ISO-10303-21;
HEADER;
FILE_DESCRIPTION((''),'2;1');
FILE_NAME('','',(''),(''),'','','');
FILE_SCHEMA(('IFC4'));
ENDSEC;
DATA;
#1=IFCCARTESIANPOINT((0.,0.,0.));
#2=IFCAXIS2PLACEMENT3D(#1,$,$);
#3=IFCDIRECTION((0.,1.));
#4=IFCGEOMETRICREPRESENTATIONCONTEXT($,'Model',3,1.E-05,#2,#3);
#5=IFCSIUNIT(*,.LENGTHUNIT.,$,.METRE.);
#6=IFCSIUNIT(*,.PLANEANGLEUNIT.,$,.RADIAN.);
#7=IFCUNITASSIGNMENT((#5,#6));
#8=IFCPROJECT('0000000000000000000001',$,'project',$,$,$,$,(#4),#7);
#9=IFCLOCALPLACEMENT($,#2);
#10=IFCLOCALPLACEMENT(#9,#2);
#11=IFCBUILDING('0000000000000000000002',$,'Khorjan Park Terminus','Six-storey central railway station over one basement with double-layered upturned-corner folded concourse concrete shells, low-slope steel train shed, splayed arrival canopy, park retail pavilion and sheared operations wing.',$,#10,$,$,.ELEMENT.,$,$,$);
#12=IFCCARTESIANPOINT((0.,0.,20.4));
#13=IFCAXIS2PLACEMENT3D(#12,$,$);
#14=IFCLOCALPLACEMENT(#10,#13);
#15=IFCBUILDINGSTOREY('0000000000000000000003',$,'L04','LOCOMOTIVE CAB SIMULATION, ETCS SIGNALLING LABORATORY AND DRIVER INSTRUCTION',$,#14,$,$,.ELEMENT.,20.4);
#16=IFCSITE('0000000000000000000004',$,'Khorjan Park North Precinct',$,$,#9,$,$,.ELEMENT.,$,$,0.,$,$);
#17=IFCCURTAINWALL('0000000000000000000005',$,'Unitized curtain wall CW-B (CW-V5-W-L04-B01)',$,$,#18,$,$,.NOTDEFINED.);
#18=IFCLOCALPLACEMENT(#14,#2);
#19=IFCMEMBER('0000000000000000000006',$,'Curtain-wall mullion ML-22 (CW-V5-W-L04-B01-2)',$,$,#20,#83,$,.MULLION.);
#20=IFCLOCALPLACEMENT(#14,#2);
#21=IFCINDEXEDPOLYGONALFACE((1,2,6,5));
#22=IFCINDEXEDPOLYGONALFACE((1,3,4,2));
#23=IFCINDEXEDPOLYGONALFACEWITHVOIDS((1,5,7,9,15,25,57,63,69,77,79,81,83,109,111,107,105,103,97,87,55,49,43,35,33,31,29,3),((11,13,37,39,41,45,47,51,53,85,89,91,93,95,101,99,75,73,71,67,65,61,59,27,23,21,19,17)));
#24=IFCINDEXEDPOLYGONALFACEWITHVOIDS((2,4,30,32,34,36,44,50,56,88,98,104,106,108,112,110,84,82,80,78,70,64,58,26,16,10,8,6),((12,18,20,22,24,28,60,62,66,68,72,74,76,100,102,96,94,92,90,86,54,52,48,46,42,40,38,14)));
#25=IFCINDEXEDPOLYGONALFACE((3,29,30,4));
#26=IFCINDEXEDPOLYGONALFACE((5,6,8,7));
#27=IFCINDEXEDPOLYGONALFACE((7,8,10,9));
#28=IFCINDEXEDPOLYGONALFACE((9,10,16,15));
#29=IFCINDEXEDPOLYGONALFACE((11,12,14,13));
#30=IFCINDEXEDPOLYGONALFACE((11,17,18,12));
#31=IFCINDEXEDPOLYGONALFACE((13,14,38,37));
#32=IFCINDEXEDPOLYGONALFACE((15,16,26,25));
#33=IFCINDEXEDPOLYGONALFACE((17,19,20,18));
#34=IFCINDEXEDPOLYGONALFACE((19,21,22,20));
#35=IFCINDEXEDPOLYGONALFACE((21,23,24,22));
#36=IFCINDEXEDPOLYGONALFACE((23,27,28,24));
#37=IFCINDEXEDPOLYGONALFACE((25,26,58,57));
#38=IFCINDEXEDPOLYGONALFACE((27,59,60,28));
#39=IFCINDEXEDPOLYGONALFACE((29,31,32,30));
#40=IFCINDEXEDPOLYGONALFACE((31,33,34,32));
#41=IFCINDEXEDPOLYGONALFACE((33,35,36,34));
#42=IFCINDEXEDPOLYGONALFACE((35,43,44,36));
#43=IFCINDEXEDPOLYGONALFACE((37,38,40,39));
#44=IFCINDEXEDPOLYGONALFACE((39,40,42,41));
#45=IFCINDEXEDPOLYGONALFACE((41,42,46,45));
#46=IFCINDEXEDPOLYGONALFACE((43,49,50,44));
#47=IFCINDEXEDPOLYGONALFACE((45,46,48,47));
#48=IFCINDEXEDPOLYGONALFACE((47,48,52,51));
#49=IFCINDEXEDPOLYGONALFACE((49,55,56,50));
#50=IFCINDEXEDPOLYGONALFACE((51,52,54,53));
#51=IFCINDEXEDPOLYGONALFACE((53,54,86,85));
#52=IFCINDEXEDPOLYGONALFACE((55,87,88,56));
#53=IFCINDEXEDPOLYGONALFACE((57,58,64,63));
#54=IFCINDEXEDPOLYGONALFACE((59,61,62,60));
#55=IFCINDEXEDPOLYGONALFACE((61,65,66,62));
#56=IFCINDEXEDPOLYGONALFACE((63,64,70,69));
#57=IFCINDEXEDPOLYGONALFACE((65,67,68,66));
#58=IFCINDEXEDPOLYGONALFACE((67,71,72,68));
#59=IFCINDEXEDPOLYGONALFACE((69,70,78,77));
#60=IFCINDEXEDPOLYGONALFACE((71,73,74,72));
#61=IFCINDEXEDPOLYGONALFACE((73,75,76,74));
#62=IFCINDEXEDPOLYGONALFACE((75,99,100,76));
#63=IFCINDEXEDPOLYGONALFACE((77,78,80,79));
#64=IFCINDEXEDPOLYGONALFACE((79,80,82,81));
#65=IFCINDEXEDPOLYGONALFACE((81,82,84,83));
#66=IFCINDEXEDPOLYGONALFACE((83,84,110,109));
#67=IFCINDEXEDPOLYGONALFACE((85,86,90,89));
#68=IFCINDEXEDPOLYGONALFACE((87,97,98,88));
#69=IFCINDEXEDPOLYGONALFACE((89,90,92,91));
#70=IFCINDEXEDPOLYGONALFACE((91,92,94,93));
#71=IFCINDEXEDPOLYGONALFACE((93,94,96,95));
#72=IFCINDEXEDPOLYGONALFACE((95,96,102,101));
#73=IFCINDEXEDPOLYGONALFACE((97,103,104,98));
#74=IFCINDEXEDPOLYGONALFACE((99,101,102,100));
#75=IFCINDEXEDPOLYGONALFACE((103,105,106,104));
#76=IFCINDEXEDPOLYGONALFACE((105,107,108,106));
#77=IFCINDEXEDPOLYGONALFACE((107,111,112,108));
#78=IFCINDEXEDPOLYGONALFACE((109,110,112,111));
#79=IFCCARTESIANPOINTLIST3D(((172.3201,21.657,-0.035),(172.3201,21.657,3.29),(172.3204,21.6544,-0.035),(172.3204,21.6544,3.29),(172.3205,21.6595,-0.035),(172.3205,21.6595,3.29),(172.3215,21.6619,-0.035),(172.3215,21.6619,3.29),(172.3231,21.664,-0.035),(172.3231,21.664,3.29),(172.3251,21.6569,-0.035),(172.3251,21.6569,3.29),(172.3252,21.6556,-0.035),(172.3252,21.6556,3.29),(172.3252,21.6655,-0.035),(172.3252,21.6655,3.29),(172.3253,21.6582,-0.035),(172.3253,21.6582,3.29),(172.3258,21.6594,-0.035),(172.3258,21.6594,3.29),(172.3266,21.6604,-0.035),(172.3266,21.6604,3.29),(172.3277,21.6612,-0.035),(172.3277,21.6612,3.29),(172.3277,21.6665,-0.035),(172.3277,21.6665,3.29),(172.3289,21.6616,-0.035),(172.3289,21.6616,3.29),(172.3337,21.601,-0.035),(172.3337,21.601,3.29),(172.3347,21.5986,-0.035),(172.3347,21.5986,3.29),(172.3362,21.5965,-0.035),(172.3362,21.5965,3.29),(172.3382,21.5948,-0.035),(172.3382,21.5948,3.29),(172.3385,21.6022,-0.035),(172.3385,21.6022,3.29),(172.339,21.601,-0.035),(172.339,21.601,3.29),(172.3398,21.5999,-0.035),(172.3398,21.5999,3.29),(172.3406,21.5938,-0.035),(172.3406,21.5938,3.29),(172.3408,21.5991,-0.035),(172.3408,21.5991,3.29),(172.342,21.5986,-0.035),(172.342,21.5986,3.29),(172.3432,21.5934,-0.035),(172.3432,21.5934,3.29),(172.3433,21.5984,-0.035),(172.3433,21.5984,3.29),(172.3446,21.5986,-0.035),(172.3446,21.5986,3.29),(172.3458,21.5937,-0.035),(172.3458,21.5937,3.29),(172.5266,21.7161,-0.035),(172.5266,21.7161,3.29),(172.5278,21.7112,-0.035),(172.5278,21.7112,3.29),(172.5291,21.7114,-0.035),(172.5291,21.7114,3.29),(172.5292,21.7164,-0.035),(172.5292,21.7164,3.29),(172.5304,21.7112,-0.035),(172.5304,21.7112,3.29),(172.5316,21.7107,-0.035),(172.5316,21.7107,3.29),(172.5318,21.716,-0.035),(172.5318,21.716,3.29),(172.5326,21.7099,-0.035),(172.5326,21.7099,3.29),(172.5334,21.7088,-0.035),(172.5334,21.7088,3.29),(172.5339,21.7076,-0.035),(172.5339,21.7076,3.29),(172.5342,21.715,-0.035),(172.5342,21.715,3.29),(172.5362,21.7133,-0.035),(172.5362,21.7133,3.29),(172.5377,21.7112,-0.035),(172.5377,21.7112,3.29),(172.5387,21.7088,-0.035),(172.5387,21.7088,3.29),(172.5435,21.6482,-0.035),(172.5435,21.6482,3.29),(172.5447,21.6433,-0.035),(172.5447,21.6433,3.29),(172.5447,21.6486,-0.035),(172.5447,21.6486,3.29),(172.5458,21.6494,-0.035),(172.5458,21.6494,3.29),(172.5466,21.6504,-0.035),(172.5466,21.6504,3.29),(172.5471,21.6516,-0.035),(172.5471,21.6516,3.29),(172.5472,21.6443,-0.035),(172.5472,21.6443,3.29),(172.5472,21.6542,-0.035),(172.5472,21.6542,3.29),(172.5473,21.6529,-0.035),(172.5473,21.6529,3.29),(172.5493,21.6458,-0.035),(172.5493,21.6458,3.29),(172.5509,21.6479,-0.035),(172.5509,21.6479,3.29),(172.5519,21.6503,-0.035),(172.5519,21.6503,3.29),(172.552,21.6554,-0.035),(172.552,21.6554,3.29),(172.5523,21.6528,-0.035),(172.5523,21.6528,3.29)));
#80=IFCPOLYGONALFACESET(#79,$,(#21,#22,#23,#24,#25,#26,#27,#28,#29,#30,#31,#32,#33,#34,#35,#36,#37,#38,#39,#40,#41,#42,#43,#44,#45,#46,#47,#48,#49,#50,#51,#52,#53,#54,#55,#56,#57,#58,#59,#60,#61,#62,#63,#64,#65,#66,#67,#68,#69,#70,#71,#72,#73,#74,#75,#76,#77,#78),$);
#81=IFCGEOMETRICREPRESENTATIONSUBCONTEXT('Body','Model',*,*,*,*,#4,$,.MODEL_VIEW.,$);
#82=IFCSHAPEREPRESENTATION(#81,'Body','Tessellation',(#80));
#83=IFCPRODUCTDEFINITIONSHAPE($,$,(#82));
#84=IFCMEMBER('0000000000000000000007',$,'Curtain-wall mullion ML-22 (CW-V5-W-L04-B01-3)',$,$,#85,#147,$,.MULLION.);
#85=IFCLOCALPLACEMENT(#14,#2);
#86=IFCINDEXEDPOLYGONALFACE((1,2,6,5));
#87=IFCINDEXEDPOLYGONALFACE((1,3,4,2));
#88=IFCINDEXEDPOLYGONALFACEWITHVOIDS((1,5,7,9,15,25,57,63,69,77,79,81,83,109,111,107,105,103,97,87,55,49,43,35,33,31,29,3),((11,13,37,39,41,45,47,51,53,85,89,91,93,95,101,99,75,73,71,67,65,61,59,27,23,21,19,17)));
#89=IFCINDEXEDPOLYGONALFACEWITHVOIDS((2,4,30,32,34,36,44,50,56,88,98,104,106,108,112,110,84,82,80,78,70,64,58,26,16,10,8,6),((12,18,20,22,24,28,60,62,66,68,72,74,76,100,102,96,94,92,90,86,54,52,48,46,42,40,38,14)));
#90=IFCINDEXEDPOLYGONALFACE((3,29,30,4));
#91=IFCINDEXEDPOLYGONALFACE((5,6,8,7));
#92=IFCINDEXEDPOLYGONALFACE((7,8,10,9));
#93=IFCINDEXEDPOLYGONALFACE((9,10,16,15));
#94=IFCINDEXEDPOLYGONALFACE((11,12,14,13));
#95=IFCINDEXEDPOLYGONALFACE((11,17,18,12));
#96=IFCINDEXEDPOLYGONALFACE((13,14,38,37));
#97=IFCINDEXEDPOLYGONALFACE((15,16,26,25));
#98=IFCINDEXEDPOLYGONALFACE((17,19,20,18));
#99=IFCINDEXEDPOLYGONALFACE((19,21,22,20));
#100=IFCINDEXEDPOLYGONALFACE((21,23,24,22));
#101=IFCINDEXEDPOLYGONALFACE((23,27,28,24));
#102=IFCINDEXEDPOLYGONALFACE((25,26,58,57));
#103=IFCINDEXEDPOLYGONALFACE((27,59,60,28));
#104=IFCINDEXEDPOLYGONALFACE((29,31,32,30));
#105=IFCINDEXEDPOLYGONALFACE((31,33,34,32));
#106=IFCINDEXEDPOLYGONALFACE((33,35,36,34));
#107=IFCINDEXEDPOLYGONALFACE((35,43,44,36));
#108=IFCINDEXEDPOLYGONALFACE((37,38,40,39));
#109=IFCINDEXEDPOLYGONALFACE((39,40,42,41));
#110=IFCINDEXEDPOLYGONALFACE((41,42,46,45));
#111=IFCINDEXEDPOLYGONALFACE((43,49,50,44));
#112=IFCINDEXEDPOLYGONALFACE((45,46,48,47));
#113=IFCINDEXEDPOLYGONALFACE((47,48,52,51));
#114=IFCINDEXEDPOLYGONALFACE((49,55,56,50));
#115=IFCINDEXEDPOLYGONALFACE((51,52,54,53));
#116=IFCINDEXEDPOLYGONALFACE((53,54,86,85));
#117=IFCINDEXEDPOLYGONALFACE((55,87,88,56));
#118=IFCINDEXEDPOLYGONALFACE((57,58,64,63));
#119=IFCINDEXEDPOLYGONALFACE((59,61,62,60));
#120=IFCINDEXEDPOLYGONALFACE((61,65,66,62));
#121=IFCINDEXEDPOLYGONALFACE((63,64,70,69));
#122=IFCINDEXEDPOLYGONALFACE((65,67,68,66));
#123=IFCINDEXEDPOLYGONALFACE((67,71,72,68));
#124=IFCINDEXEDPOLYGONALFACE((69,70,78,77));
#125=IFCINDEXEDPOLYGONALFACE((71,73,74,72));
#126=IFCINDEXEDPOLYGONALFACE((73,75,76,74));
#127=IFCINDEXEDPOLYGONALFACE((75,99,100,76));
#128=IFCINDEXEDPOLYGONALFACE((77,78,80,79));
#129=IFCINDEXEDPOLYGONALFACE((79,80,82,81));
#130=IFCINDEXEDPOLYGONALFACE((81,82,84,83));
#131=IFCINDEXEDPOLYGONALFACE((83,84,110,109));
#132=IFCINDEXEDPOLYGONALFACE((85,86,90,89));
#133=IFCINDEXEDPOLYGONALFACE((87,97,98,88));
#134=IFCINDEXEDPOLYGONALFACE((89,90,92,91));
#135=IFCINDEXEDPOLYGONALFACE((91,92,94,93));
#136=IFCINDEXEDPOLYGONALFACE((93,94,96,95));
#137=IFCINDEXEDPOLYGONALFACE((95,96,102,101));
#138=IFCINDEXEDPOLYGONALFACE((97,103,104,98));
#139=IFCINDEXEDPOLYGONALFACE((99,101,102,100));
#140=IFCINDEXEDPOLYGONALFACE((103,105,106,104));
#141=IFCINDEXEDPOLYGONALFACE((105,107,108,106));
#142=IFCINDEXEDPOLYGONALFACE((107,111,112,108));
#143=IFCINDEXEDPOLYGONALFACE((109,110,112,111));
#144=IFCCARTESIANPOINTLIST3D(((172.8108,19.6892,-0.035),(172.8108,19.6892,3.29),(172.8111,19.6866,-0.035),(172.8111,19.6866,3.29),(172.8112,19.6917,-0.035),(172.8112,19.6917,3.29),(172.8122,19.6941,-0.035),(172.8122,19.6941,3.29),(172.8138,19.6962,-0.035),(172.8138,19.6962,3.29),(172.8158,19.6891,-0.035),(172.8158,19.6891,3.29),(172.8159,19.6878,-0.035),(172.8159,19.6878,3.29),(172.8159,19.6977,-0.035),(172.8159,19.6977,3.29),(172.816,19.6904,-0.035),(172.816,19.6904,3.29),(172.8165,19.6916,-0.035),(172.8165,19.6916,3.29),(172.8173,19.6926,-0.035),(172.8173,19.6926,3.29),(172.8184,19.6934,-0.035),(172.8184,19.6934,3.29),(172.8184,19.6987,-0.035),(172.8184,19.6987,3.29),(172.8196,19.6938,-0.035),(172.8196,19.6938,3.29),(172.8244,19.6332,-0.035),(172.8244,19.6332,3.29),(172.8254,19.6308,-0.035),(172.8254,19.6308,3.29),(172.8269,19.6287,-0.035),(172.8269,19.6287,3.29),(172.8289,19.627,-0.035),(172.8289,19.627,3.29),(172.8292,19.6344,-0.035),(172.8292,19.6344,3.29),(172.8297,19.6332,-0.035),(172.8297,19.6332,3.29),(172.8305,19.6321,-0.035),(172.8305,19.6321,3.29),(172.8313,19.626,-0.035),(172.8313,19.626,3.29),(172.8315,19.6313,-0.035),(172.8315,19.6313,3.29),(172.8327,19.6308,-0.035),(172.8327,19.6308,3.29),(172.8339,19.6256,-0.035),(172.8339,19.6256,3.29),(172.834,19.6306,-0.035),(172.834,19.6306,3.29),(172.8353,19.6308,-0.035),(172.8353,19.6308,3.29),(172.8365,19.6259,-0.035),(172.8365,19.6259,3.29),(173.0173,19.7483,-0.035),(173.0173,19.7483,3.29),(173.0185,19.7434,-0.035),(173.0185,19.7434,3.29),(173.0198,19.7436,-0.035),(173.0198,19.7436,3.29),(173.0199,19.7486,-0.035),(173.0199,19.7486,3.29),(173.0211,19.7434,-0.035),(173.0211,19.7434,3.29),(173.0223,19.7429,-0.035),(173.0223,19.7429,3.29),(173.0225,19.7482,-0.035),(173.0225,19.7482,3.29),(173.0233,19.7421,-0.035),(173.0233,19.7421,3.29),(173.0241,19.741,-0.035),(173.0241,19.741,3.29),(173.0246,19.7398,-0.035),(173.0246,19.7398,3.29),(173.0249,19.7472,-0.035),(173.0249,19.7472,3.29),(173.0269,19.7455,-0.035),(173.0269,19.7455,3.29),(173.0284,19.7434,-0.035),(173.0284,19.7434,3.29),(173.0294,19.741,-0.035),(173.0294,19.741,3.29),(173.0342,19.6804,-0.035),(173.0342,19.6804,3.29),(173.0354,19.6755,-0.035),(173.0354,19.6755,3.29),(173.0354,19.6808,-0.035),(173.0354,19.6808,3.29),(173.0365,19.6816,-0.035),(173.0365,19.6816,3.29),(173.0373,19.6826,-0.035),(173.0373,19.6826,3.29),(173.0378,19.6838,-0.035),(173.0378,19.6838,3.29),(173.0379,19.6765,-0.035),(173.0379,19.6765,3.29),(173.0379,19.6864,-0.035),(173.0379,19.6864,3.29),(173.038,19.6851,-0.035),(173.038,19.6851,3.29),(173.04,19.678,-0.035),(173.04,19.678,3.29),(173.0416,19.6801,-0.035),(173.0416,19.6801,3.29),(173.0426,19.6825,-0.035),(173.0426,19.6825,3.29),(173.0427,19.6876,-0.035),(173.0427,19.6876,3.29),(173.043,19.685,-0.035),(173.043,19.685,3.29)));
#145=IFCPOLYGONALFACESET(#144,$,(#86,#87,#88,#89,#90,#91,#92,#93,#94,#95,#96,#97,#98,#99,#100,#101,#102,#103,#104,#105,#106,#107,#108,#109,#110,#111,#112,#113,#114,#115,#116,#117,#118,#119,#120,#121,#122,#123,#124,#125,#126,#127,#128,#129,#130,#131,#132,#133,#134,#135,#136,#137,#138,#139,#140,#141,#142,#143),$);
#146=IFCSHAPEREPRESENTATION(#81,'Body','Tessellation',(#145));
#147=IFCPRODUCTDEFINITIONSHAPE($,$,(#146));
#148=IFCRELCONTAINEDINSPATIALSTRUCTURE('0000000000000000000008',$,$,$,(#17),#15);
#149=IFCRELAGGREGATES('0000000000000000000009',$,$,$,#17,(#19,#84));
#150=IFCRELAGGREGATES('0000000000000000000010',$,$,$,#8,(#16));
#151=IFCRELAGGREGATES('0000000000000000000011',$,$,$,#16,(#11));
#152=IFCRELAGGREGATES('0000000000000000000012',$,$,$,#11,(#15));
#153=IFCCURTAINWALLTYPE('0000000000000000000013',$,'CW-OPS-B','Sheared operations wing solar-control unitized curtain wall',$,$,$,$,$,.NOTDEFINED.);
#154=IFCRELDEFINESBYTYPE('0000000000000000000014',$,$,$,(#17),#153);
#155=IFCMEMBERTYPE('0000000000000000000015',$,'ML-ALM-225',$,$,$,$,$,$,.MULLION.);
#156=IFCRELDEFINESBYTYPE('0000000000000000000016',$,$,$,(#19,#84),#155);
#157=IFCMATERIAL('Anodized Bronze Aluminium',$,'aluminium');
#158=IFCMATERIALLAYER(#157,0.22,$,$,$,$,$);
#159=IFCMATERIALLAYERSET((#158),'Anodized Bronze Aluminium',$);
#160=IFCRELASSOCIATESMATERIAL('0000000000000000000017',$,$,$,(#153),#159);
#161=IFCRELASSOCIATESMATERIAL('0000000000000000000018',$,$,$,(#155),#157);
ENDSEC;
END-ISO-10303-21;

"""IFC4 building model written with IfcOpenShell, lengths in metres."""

from ifc_helpers import new_model, si_unit, direction, frame, origin, origin_2d, place, context, subcontext, project, spatial, hollow_rectangle, extrude, material, layer, layer_set, material_profile, profile_set, type_object, element, aggregate, save


model = new_model("IFC4")

# Units and contexts
model_context = context("Model", 3, precision=1e-05, world=origin(), true_north=direction((0.0, 1.0)))
body_context = subcontext(model_context, "Body", "Model", "MODEL_VIEW")
ifc_project = project(units=[si_unit("LENGTHUNIT", "METRE"), si_unit("PLANEANGLEUNIT", "RADIAN")], contexts=[model_context])

# Site, building, storey
site_placement = place(None, origin())
site = spatial("IfcSite", under=ifc_project, at=site_placement, Name="Khorjan Park North Precinct", CompositionType="ELEMENT", RefElevation=0.0)
building_placement = place(site_placement, origin())
building = spatial("IfcBuilding", under=site, at=building_placement, Name="Khorjan Park Terminus", Description="Six-storey central railway station over one basement with double-layered upturned-corner folded concourse concrete shells, low-slope steel train shed, splayed arrival canopy, park retail pavilion and sheared operations wing.", CompositionType="ELEMENT")
storey_placement = place(building_placement, frame((0.0, 0.0, 20.4)))
storey = spatial("IfcBuildingStorey", under=building, at=storey_placement, Name="L04", Description="LOCOMOTIVE CAB SIMULATION, ETCS SIGNALLING LABORATORY AND DRIVER INSTRUCTION", CompositionType="ELEMENT", Elevation=20.4)

# Shared definitions
ifc_material_1 = material(Name="Anodized Bronze Aluminium", Category="aluminium")
ifc_layer_1 = layer(ifc_material_1, 0.22)
ifc_layer_set_1 = layer_set([ifc_layer_1], Name="Anodized Bronze Aluminium")
curtain_wall_type = type_object("IfcCurtainWallType", Name="CW-OPS-B", Description="Sheared operations wing solar-control unitized curtain wall", PredefinedType="NOTDEFINED", material=ifc_layer_set_1)
ifc_material_profile_1 = material_profile(ifc_material_1, hollow_rectangle(XDim=0.075, YDim=0.225, WallThickness=0.005, InnerFilletRadius=0.005, OuterFilletRadius=0.01, at=origin_2d()), Name="ALM 75x225x5")
ifc_profile_set_1 = profile_set([ifc_material_profile_1], Name="Anodized Bronze Aluminium")
member_type_1 = type_object("IfcMemberType", Name="ML-ALM-225", PredefinedType="MULLION", material=ifc_profile_set_1)

# Curtain wall, members
curtain_wall_1_placement = place(storey_placement, origin())
curtain_wall_1 = element("IfcCurtainWall", 1, at=curtain_wall_1_placement, inside=storey, type_object=curtain_wall_type, Name="Unitized curtain wall CW-B (CW-V5-W-L04-B01)", PredefinedType="NOTDEFINED")
member_1_placement = place(storey_placement, frame((172.4362, 21.6549, -0.035), z_axis=(0.0, 0.0, 1.0), x_axis=(0.241928, -0.970294, 0.0)))
member_1 = element("IfcMember", 2, at=member_1_placement, type_object=member_type_1, Name="Curtain-wall mullion ML-22 (CW-V5-W-L04-B01-2)", PredefinedType="MULLION", context=body_context, shape_type="SweptSolid", body=[
    extrude(hollow_rectangle(XDim=0.075, YDim=0.225, WallThickness=0.005, InnerFilletRadius=0.005, OuterFilletRadius=0.01, at=origin_2d()), origin(), (0.0, 0.0, 1.0), 3.325),
])
member_2_placement = place(storey_placement, frame((172.9269, 19.6871, -0.035), z_axis=(0.0, 0.0, 1.0), x_axis=(0.241928, -0.970294, 0.0)))
member_2 = element("IfcMember", 3, at=member_2_placement, type_object=member_type_1, Name="Curtain-wall mullion ML-22 (CW-V5-W-L04-B01-3)", PredefinedType="MULLION", context=body_context, shape_type="SweptSolid", body=[
    extrude(hollow_rectangle(XDim=0.075, YDim=0.225, WallThickness=0.005, InnerFilletRadius=0.005, OuterFilletRadius=0.01, at=origin_2d()), origin(), (0.0, 0.0, 1.0), 3.325),
])

aggregate(curtain_wall_1, [member_1, member_2])

save(model, "model.ifc")
